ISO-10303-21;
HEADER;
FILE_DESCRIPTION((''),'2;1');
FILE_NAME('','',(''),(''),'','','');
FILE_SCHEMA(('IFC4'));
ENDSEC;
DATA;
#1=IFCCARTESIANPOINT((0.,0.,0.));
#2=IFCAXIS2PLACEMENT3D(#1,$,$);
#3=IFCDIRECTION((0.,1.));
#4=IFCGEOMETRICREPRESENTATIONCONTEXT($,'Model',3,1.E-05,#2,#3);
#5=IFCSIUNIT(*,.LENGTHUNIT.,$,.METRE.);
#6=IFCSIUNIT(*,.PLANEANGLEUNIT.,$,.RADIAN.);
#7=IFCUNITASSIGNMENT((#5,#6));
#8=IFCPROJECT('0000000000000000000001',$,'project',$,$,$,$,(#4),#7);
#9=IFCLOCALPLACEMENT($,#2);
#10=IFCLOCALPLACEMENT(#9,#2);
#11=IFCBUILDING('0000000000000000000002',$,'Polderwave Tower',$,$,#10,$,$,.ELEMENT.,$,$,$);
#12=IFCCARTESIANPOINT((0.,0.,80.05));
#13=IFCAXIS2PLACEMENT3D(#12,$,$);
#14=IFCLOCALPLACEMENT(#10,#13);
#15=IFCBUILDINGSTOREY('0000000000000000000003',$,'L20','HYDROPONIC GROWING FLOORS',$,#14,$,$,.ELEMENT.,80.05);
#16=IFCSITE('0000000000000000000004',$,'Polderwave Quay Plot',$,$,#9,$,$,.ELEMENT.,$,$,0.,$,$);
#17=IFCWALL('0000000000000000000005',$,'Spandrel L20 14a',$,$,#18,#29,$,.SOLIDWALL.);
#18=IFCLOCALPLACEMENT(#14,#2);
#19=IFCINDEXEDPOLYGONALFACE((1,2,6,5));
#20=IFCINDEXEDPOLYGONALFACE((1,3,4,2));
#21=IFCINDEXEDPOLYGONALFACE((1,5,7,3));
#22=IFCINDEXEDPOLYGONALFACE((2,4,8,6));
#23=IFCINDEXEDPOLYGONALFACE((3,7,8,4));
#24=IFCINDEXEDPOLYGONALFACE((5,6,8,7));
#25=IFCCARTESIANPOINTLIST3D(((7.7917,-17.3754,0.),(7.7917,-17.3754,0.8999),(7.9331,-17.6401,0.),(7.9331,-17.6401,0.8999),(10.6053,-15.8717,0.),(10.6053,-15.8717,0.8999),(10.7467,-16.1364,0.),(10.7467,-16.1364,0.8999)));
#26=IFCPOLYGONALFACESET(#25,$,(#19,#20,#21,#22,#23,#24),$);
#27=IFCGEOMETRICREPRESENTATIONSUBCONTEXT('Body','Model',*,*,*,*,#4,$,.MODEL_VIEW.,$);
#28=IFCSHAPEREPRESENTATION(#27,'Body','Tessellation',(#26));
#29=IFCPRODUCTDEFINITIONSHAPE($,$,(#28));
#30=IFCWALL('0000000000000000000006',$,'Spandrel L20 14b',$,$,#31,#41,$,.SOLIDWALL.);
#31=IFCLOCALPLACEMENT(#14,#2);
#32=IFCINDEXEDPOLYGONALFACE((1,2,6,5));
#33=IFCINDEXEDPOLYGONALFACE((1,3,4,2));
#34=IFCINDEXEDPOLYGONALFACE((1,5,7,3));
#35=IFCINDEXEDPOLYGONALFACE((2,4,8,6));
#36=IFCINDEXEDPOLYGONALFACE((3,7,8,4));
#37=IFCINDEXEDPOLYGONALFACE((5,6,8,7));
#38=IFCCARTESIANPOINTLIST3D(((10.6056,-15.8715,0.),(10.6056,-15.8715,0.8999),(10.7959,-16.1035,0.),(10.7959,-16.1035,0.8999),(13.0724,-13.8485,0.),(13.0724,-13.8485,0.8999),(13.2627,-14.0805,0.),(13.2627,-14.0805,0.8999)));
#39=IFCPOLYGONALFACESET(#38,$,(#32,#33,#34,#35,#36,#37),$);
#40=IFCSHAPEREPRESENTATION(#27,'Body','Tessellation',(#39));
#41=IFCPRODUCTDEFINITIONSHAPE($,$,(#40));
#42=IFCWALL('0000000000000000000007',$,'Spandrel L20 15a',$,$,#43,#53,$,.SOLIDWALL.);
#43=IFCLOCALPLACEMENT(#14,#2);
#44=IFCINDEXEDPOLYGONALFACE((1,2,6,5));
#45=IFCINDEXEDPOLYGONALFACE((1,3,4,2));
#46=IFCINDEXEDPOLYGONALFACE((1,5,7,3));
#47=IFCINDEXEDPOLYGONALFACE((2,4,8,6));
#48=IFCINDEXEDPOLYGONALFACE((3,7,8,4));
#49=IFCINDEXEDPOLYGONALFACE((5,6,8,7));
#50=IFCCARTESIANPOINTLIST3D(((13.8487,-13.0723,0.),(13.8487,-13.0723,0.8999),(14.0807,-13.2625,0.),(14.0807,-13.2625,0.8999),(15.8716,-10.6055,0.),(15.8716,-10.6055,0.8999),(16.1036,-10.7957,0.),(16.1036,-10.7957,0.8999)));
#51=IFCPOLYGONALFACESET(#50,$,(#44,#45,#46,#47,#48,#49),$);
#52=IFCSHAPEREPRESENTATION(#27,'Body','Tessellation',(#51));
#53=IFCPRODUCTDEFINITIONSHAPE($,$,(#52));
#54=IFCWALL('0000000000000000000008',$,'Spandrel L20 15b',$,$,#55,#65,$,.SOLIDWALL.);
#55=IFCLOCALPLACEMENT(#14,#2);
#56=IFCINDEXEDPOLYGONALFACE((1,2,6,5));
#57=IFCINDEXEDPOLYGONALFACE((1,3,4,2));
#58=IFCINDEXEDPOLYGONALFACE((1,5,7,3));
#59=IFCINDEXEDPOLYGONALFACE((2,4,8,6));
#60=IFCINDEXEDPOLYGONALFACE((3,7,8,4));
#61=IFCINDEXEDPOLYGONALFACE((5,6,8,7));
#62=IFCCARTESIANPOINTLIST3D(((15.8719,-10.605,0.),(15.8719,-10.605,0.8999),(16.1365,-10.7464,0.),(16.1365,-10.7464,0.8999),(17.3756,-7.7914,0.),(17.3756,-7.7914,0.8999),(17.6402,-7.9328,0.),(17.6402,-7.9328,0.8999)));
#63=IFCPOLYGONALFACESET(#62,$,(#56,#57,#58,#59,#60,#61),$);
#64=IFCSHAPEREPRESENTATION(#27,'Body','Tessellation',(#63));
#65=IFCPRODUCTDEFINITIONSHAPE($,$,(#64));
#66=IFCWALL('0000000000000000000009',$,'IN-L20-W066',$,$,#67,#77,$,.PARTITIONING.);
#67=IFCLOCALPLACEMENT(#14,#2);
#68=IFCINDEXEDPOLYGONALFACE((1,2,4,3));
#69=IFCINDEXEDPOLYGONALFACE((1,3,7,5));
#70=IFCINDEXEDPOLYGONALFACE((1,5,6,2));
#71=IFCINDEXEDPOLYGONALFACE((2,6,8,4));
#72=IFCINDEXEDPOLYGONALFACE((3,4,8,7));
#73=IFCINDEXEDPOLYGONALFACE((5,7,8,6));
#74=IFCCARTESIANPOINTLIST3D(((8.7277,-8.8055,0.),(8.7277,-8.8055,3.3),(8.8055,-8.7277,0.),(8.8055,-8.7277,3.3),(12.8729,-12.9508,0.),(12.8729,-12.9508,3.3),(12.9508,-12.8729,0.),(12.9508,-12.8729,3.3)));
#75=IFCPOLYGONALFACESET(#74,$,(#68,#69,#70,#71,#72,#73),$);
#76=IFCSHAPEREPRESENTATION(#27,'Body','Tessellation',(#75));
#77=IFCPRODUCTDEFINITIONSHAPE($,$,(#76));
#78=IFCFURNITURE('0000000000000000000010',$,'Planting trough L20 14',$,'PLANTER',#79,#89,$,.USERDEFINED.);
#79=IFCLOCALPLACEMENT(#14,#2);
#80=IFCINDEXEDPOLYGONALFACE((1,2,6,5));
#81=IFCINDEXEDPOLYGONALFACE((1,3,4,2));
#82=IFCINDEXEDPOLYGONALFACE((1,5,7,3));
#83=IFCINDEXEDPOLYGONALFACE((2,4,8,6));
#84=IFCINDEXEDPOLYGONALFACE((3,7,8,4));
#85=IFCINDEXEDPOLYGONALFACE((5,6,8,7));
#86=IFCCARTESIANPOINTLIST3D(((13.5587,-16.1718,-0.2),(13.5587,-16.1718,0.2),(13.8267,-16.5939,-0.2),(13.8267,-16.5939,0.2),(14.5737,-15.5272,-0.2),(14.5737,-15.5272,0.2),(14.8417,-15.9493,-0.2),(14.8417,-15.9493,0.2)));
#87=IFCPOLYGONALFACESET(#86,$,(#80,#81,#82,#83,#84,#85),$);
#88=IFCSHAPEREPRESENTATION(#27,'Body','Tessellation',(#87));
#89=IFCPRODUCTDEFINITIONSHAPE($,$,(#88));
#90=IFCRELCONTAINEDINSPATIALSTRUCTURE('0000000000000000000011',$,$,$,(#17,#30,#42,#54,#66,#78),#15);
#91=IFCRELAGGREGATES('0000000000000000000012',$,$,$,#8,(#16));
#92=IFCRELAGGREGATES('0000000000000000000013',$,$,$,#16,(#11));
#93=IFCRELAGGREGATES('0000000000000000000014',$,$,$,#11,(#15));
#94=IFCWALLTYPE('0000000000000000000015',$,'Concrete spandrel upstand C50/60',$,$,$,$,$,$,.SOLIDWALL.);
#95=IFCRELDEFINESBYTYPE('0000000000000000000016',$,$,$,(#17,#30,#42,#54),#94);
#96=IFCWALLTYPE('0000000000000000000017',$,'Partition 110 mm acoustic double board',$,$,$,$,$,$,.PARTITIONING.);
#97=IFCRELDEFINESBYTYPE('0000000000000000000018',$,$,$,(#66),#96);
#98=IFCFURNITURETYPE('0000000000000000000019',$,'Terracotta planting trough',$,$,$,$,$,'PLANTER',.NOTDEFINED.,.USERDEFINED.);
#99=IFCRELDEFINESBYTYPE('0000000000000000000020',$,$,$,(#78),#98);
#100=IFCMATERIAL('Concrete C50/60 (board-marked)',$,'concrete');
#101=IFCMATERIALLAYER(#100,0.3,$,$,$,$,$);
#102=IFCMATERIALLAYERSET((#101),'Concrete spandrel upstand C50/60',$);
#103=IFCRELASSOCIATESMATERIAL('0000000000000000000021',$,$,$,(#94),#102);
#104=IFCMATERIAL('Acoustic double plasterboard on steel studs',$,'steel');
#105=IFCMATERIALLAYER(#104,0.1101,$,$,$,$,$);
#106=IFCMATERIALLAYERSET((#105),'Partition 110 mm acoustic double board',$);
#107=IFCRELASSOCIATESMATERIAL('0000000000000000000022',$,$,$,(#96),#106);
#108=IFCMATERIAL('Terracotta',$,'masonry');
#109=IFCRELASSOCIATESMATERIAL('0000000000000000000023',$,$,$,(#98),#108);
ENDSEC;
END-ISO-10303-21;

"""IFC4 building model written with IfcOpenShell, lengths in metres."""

from ifc_helpers import new_model, si_unit, direction, frame, frame_2d, origin, origin_2d, place, context, subcontext, project, spatial, rectangle, extrude, material, layer, layer_set, type_object, element, save


model = new_model("IFC4")

# Units and contexts
model_context = context("Model", 3, precision=1e-05, world=origin(), true_north=direction((0.0, 1.0)))
body_context = subcontext(model_context, "Body", "Model", "MODEL_VIEW")
ifc_project = project(units=[si_unit("LENGTHUNIT", "METRE"), si_unit("PLANEANGLEUNIT", "RADIAN")], contexts=[model_context])

# Site, building, storey
site_placement = place(None, origin())
site = spatial("IfcSite", under=ifc_project, at=site_placement, Name="Polderwave Quay Plot", CompositionType="ELEMENT", RefElevation=0.0)
building_placement = place(site_placement, origin())
building = spatial("IfcBuilding", under=site, at=building_placement, Name="Polderwave Tower", CompositionType="ELEMENT")
storey_placement = place(building_placement, frame((0.0, 0.0, 80.05)))
storey = spatial("IfcBuildingStorey", under=building, at=storey_placement, Name="L20", Description="HYDROPONIC GROWING FLOORS", CompositionType="ELEMENT", Elevation=80.05)

# Walls
ifc_material_1 = material(Name="Concrete C50/60 (board-marked)", Category="concrete")
ifc_layer_1 = layer(ifc_material_1, 0.3)
ifc_layer_set_1 = layer_set([ifc_layer_1], Name="Concrete spandrel upstand C50/60")
wall_type_1 = type_object("IfcWallType", Name="Concrete spandrel upstand C50/60", PredefinedType="SOLIDWALL", material=ifc_layer_set_1)
for number, where, z_axis, x_axis, name in (
    (1, (7.8623, -17.5078, 0.0), (0.0, 0.0, 1.0), (0.881944, 0.471355, 0.0), "Spandrel L20 14a"),
    (2, (10.7007, -15.9875, 0.0), (0.0, 0.0, 1.0), (0.773241, 0.634113, 0.0), "Spandrel L20 14b"),
    (3, (13.9646, -13.1675, 0.0), (0.0, 0.0, 1.0), (0.634113, 0.773241, 0.0), "Spandrel L20 15a"),
    (4, (16.0042, -10.6758, 0.0), (0.0, 0.0, 1.0), (0.471355, 0.881944, 0.0), "Spandrel L20 15b"),
):
    element("IfcWall", number, at=place(storey_placement, frame(where, z_axis=z_axis, x_axis=x_axis)), inside=storey, type_object=wall_type_1, Name=name, PredefinedType="SOLIDWALL", context=body_context, shape_type="SweptSolid", body=[
        extrude(rectangle(XDim=3.1902, YDim=0.3, at=frame_2d((1.5952, 0.0))), origin(), (0.0, 0.0, 1.0), 0.8999),
    ])
ifc_material_2 = material(Name="Acoustic double plasterboard on steel studs", Category="steel")
ifc_layer_2 = layer(ifc_material_2, 0.1101)
ifc_layer_set_2 = layer_set([ifc_layer_2], Name="Partition 110 mm acoustic double board")
wall_type_2 = type_object("IfcWallType", Name="Partition 110 mm acoustic double board", PredefinedType="PARTITIONING", material=ifc_layer_set_2)
wall_placement = place(storey_placement, frame((8.7666, -8.7666, 0.0), z_axis=(0.0, 0.0, 1.0), x_axis=(0.707107, -0.707107, 0.0)))
element("IfcWall", 5, at=wall_placement, inside=storey, type_object=wall_type_2, Name="IN-L20-W066", PredefinedType="PARTITIONING", context=body_context, shape_type="SweptSolid", body=[
    extrude(rectangle(XDim=5.8623, YDim=0.1101, at=frame_2d((2.9312, 0.0))), origin(), (0.0, 0.0, 1.0), 3.3),
])

# Furniture
ifc_material_3 = material(Name="Terracotta", Category="masonry")
furniture_type = type_object("IfcFurnitureType", Name="Terracotta planting trough", ElementType="PLANTER", AssemblyPlace="NOTDEFINED", PredefinedType="USERDEFINED", material=ifc_material_3)
furniture_placement = place(storey_placement, frame((14.2002, -16.0605, -0.2), z_axis=(0.0, 0.0, 1.0), x_axis=(0.844164, 0.536085, 0.0)))
element("IfcFurniture", 6, at=furniture_placement, inside=storey, type_object=furniture_type, Name="Planting trough L20 14", ObjectType="PLANTER", PredefinedType="USERDEFINED", context=body_context, shape_type="SweptSolid", body=[
    extrude(rectangle(XDim=1.2024, YDim=0.5, at=origin_2d()), origin(), (0.0, 0.0, 1.0), 0.3999),
])

save(model, "model.ifc")
